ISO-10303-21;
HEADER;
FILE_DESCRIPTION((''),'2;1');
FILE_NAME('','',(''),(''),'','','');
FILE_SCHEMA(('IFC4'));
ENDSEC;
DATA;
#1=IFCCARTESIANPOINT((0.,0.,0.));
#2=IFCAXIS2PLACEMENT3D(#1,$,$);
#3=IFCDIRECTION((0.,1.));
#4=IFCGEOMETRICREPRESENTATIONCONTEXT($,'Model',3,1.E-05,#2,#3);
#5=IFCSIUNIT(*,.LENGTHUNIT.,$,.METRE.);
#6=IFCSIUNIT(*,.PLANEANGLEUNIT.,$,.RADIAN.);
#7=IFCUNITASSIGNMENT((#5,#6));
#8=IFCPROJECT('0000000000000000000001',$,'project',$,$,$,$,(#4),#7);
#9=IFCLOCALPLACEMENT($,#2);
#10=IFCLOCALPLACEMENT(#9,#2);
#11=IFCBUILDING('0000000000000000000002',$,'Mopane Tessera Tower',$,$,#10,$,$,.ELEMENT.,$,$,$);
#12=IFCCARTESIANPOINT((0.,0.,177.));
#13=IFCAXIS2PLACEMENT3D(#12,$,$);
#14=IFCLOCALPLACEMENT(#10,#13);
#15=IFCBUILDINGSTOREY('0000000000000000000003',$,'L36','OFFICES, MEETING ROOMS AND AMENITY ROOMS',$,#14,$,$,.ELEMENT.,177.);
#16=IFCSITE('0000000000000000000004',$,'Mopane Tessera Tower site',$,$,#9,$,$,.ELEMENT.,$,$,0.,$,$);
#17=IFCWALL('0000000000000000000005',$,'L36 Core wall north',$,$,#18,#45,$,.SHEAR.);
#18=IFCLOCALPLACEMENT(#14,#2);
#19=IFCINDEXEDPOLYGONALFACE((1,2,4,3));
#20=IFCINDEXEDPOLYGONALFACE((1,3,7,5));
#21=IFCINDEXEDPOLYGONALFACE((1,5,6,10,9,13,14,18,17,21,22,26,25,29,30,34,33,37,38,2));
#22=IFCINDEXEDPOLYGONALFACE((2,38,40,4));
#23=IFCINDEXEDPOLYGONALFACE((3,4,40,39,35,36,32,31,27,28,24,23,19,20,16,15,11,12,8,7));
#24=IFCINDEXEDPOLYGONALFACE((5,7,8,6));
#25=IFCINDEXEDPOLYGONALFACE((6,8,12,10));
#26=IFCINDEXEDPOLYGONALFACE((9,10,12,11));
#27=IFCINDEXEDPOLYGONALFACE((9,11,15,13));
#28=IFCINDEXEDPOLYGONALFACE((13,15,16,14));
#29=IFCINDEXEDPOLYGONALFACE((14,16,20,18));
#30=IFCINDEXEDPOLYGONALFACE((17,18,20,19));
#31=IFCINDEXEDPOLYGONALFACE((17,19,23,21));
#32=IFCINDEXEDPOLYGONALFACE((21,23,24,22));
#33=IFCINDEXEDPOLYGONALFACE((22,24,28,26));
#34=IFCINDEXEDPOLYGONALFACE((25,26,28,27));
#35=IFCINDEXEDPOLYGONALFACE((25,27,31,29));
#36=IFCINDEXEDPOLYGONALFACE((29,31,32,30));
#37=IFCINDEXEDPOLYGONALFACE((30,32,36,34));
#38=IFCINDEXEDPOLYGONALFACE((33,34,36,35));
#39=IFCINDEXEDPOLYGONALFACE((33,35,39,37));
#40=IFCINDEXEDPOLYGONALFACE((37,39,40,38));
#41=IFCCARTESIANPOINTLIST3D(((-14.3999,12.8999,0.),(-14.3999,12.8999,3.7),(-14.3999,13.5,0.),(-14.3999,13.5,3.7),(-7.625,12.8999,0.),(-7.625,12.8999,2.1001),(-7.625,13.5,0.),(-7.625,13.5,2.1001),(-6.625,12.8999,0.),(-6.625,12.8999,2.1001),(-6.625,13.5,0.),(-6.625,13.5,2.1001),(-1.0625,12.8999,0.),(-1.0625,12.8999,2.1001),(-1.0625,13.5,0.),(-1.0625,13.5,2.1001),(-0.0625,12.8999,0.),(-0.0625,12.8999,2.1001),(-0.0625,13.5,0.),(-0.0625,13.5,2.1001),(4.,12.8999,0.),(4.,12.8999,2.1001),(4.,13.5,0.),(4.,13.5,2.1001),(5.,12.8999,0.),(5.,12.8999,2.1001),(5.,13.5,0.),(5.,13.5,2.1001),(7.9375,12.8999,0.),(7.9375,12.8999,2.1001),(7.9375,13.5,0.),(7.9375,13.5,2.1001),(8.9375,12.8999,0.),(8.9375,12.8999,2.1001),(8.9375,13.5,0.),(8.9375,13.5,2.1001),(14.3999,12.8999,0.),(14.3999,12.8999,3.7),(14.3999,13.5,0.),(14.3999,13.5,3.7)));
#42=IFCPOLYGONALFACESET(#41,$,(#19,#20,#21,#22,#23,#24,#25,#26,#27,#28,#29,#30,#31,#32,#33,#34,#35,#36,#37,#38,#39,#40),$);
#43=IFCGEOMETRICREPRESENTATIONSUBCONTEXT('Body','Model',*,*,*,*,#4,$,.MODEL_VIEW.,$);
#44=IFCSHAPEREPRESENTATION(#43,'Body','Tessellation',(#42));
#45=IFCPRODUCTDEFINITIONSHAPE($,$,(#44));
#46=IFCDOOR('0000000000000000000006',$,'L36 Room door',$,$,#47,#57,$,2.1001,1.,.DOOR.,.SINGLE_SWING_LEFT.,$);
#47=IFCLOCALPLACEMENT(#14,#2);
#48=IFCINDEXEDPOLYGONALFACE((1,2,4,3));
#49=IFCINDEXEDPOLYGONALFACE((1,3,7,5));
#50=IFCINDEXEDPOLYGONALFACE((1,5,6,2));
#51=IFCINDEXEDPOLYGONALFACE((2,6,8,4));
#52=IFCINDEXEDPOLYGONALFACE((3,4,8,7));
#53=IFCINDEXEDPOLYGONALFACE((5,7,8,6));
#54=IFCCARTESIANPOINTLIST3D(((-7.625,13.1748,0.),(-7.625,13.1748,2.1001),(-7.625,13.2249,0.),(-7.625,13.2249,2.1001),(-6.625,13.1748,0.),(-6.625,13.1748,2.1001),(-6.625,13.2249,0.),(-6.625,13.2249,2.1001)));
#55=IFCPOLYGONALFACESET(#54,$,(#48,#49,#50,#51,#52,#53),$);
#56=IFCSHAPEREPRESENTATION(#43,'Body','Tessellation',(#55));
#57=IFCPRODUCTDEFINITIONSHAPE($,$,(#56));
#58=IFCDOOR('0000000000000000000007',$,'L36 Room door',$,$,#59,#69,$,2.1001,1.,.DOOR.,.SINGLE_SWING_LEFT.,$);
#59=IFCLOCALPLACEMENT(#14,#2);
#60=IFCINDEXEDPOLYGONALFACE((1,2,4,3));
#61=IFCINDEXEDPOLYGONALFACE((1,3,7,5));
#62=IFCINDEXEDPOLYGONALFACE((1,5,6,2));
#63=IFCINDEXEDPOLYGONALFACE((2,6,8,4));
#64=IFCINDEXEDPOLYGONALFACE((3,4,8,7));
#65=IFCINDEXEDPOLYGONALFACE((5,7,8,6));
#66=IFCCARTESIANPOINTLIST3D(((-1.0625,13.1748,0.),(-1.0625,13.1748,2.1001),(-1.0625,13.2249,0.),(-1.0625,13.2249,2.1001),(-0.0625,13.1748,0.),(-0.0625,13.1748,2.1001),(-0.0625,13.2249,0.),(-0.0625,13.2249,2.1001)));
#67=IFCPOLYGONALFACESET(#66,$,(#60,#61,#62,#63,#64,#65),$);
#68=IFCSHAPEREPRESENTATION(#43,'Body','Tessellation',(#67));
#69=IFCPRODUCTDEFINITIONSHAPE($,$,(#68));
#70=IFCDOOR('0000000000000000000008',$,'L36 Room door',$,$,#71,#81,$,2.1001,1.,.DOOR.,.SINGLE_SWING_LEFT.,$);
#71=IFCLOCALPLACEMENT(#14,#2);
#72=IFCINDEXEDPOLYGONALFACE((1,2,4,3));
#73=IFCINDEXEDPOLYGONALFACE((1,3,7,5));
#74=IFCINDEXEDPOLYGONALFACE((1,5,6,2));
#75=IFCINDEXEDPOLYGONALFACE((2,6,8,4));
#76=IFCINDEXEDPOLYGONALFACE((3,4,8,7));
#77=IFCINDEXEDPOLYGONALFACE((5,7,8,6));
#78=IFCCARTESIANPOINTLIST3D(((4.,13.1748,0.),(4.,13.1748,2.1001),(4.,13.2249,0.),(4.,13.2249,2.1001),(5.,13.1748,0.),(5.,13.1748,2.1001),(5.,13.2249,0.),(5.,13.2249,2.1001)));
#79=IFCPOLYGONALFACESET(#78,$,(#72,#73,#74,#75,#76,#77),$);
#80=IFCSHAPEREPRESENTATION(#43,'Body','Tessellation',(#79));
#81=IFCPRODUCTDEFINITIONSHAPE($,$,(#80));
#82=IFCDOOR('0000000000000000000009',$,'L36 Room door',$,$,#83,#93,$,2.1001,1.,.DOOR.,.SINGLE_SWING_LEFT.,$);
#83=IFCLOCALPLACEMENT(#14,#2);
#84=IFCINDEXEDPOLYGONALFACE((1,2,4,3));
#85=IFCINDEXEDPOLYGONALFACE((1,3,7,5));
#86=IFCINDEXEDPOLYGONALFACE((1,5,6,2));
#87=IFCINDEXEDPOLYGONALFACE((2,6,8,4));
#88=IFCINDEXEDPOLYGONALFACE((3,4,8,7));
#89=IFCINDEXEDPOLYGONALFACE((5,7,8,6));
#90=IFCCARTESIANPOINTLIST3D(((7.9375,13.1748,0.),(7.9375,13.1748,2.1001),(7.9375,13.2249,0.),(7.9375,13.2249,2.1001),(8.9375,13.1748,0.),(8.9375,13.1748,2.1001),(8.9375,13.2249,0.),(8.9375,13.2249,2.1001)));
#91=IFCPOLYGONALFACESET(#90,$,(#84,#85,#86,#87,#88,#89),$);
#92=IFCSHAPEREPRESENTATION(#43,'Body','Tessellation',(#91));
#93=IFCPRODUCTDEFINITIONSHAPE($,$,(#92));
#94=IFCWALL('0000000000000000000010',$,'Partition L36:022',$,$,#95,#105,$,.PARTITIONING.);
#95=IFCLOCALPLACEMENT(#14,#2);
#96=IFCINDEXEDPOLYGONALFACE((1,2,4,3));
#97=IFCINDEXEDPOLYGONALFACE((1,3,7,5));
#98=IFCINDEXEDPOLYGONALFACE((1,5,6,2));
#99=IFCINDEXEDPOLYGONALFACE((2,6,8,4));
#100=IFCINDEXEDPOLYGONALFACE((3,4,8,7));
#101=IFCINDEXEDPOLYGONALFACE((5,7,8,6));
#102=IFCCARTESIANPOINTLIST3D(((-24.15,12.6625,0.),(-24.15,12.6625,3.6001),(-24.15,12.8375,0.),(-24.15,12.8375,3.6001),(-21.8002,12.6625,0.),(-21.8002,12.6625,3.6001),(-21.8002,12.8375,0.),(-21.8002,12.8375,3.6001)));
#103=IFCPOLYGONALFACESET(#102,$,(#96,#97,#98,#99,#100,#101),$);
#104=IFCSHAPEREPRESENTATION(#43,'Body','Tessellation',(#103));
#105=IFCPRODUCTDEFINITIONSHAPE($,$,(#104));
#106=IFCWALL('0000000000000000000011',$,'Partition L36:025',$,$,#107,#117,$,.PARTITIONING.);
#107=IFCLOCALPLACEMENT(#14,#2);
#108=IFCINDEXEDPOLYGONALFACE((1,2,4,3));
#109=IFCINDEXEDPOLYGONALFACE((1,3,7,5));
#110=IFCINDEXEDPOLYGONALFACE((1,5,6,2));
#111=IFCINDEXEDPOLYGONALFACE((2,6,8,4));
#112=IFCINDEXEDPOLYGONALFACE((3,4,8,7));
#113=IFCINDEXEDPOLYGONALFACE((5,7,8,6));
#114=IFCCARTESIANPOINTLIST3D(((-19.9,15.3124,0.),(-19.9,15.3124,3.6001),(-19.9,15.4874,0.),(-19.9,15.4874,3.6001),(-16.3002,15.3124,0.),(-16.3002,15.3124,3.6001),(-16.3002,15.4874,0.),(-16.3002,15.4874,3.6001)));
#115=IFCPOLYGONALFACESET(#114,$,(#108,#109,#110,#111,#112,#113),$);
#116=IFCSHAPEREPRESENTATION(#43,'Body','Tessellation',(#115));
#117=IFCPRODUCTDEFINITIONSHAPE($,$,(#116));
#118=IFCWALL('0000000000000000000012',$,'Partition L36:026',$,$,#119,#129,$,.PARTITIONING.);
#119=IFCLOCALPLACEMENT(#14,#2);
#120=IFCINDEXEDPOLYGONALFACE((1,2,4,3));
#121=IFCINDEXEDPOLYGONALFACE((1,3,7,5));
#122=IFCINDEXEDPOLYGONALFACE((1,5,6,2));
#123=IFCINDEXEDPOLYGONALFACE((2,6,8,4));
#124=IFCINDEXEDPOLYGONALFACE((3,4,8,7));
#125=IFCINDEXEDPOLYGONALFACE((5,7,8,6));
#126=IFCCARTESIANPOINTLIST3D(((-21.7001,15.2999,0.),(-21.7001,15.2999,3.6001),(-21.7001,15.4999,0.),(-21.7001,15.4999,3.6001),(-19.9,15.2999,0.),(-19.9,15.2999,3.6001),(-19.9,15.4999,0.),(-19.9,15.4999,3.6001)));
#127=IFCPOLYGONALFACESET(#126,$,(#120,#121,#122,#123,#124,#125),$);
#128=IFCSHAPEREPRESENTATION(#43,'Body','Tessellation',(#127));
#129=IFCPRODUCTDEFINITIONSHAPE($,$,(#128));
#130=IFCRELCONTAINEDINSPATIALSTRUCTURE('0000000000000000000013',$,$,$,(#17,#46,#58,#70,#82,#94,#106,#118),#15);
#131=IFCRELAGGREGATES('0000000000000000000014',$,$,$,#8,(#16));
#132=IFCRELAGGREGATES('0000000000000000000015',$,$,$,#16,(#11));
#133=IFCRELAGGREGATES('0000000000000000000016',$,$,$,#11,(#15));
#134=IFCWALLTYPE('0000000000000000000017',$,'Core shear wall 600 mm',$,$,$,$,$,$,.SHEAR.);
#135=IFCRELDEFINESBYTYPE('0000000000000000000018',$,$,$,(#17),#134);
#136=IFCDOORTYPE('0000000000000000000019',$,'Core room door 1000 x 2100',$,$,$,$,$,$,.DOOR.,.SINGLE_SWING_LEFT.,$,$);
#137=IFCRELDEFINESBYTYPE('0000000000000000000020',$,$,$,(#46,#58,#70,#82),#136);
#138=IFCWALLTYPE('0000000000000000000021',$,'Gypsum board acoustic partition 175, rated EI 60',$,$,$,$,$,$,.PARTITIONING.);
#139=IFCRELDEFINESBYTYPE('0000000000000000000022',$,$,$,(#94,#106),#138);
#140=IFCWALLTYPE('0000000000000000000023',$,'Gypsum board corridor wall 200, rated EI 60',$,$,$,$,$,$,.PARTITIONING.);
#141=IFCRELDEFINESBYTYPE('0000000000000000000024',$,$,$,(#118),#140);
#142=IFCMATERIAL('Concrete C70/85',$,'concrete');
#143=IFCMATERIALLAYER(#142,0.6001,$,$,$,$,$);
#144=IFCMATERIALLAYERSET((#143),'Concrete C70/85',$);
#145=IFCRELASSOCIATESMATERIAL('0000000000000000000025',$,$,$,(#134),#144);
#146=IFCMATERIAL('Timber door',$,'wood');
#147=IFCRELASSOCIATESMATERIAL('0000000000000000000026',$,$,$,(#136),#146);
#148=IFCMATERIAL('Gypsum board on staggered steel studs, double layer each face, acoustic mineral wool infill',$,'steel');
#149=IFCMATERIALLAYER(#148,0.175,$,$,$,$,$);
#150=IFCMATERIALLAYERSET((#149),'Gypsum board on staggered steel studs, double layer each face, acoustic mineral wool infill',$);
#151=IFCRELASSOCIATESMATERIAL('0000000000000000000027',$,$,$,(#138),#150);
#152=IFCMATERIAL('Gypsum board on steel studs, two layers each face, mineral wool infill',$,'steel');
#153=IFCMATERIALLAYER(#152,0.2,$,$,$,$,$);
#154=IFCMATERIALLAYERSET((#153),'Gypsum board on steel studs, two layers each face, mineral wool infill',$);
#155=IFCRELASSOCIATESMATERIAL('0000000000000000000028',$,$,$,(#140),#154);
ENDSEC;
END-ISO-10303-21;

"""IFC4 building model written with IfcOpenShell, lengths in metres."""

from ifc_helpers import new_model, si_unit, direction, frame, frame_2d, origin, place, context, subcontext, project, spatial, rectangle, extrude, material, layer, layer_set, type_object, element, fill, save


model = new_model("IFC4")

# Units and contexts
model_context = context("Model", 3, precision=1e-05, world=origin(), true_north=direction((0.0, 1.0)))
body_context = subcontext(model_context, "Body", "Model", "MODEL_VIEW")
ifc_project = project(units=[si_unit("LENGTHUNIT", "METRE"), si_unit("PLANEANGLEUNIT", "RADIAN")], contexts=[model_context])

# Site, building, storey
site_placement = place(None, origin())
site = spatial("IfcSite", under=ifc_project, at=site_placement, Name="Mopane Tessera Tower site", CompositionType="ELEMENT", RefElevation=0.0)
building_placement = place(site_placement, origin())
building = spatial("IfcBuilding", under=site, at=building_placement, Name="Mopane Tessera Tower", CompositionType="ELEMENT")
storey_placement = place(building_placement, frame((0.0, 0.0, 177.0)))
storey = spatial("IfcBuildingStorey", under=building, at=storey_placement, Name="L36", Description="OFFICES, MEETING ROOMS AND AMENITY ROOMS", CompositionType="ELEMENT", Elevation=177.0)

# Wall, openings, doors
ifc_material_1 = material(Name="Concrete C70/85", Category="concrete")
ifc_layer_1 = layer(ifc_material_1, 0.6001)
ifc_layer_set_1 = layer_set([ifc_layer_1], Name="Concrete C70/85")
wall_type_1 = type_object("IfcWallType", Name="Core shear wall 600 mm", PredefinedType="SHEAR", material=ifc_layer_set_1)
wall_1_placement = place(storey_placement, frame((-14.3999, 13.2, 0.0), z_axis=(0.0, 0.0, 1.0), x_axis=(1.0, 0.0, 0.0)))
wall_1 = element("IfcWall", 1, at=wall_1_placement, inside=storey, type_object=wall_type_1, Name="L36 Core wall north", PredefinedType="SHEAR", context=body_context, shape_type="SweptSolid", body=[
    extrude(rectangle(XDim=28.7998, YDim=0.6001, at=frame_2d((14.3999, 0.0))), origin(), (0.0, 0.0, 1.0), 3.7),
])
opening_1_placement = place(wall_1_placement, frame((6.7749, 0.0, 0.0)))
opening_1 = element("IfcOpeningElement", 2, at=opening_1_placement, cuts=wall_1, PredefinedType="OPENING", context=body_context, shape_type="SweptSolid", body=[
    extrude(rectangle(XDim=1.0, YDim=2.1001, at=frame_2d((0.5, 1.05))), frame((0.0, 0.312, 0.0), z_axis=(0.0, -1.0, 0.0), x_axis=(1.0, 0.0, 0.0)), (0.0, 0.0, 1.0), 0.624),
])
opening_2_placement = place(wall_1_placement, frame((13.3374, 0.0, 0.0)))
opening_2 = element("IfcOpeningElement", 3, at=opening_2_placement, cuts=wall_1, PredefinedType="OPENING", context=body_context, shape_type="SweptSolid", body=[
    extrude(rectangle(XDim=1.0, YDim=2.1001, at=frame_2d((0.5, 1.05))), frame((0.0, 0.312, 0.0), z_axis=(0.0, -1.0, 0.0), x_axis=(1.0, 0.0, 0.0)), (0.0, 0.0, 1.0), 0.624),
])
opening_3_placement = place(wall_1_placement, frame((18.3999, 0.0, 0.0)))
opening_3 = element("IfcOpeningElement", 4, at=opening_3_placement, cuts=wall_1, PredefinedType="OPENING", context=body_context, shape_type="SweptSolid", body=[
    extrude(rectangle(XDim=1.0, YDim=2.1001, at=frame_2d((0.5, 1.05))), frame((0.0, 0.312, 0.0), z_axis=(0.0, -1.0, 0.0), x_axis=(1.0, 0.0, 0.0)), (0.0, 0.0, 1.0), 0.624),
])
opening_4_placement = place(wall_1_placement, frame((22.3374, 0.0, 0.0)))
opening_4 = element("IfcOpeningElement", 5, at=opening_4_placement, cuts=wall_1, PredefinedType="OPENING", context=body_context, shape_type="SweptSolid", body=[
    extrude(rectangle(XDim=1.0, YDim=2.1001, at=frame_2d((0.5, 1.05))), frame((0.0, 0.312, 0.0), z_axis=(0.0, -1.0, 0.0), x_axis=(1.0, 0.0, 0.0)), (0.0, 0.0, 1.0), 0.624),
])
ifc_material_2 = material(Name="Timber door", Category="wood")
door_type_1 = type_object("IfcDoorType", Name="Core room door 1000 x 2100", OperationType="SINGLE_SWING_LEFT", PredefinedType="DOOR", material=ifc_material_2)
door_1_placement = place(opening_1_placement, origin())
door_1 = element("IfcDoor", 6, at=door_1_placement, inside=storey, type_object=door_type_1, Name="L36 Room door", OperationType="SINGLE_SWING_LEFT", OverallHeight=2.1001, OverallWidth=1.0, PredefinedType="DOOR", context=body_context, shape_type="SweptSolid", body=[
    extrude(rectangle(XDim=1.0, YDim=2.1001, at=frame_2d((0.5, 1.05))), frame((0.0, 0.0249, 0.0), z_axis=(0.0, -1.0, 0.0), x_axis=(1.0, 0.0, 0.0)), (0.0, 0.0, 1.0), 0.05),
])
fill(opening_1, door_1)
door_2_placement = place(opening_2_placement, origin())
door_2 = element("IfcDoor", 7, at=door_2_placement, inside=storey, type_object=door_type_1, Name="L36 Room door", OperationType="SINGLE_SWING_LEFT", OverallHeight=2.1001, OverallWidth=1.0, PredefinedType="DOOR", context=body_context, shape_type="SweptSolid", body=[
    extrude(rectangle(XDim=1.0, YDim=2.1001, at=frame_2d((0.5, 1.05))), frame((0.0, 0.0249, 0.0), z_axis=(0.0, -1.0, 0.0), x_axis=(1.0, 0.0, 0.0)), (0.0, 0.0, 1.0), 0.05),
])
fill(opening_2, door_2)
door_3_placement = place(opening_3_placement, origin())
door_3 = element("IfcDoor", 8, at=door_3_placement, inside=storey, type_object=door_type_1, Name="L36 Room door", OperationType="SINGLE_SWING_LEFT", OverallHeight=2.1001, OverallWidth=1.0, PredefinedType="DOOR", context=body_context, shape_type="SweptSolid", body=[
    extrude(rectangle(XDim=1.0, YDim=2.1001, at=frame_2d((0.5, 1.05))), frame((0.0, 0.0249, 0.0), z_axis=(0.0, -1.0, 0.0), x_axis=(1.0, 0.0, 0.0)), (0.0, 0.0, 1.0), 0.05),
])
fill(opening_3, door_3)
door_4_placement = place(opening_4_placement, origin())
door_4 = element("IfcDoor", 9, at=door_4_placement, inside=storey, type_object=door_type_1, Name="L36 Room door", OperationType="SINGLE_SWING_LEFT", OverallHeight=2.1001, OverallWidth=1.0, PredefinedType="DOOR", context=body_context, shape_type="SweptSolid", body=[
    extrude(rectangle(XDim=1.0, YDim=2.1001, at=frame_2d((0.5, 1.05))), frame((0.0, 0.0249, 0.0), z_axis=(0.0, -1.0, 0.0), x_axis=(1.0, 0.0, 0.0)), (0.0, 0.0, 1.0), 0.05),
])
fill(opening_4, door_4)

# Walls
ifc_material_3 = material(Name="Gypsum board on staggered steel studs, double layer each face, acoustic mineral wool infill", Category="steel")
ifc_layer_2 = layer(ifc_material_3, 0.175)
ifc_layer_set_2 = layer_set([ifc_layer_2], Name="Gypsum board on staggered steel studs, double layer each face, acoustic mineral wool infill")
wall_type_2 = type_object("IfcWallType", Name="Gypsum board acoustic partition 175, rated EI 60", PredefinedType="PARTITIONING", material=ifc_layer_set_2)
wall_2_placement = place(storey_placement, frame((-24.1499, 12.75, 0.0), z_axis=(0.0, 0.0, 1.0), x_axis=(1.0, 0.0, 0.0)))
element("IfcWall", 10, at=wall_2_placement, inside=storey, type_object=wall_type_2, Name="Partition L36:022", PredefinedType="PARTITIONING", context=body_context, shape_type="SweptSolid", body=[
    extrude(rectangle(XDim=2.3499, YDim=0.175, at=frame_2d((1.1748, 0.0))), origin(), (0.0, 0.0, 1.0), 3.6001),
])
wall_3_placement = place(storey_placement, frame((-19.8999, 15.3999, 0.0), z_axis=(0.0, 0.0, 1.0), x_axis=(1.0, 0.0, 0.0)))
element("IfcWall", 11, at=wall_3_placement, inside=storey, type_object=wall_type_2, Name="Partition L36:025", PredefinedType="PARTITIONING", context=body_context, shape_type="SweptSolid", body=[
    extrude(rectangle(XDim=3.5999, YDim=0.175, at=frame_2d((1.7998, 0.0))), origin(), (0.0, 0.0, 1.0), 3.6001),
])
ifc_material_4 = material(Name="Gypsum board on steel studs, two layers each face, mineral wool infill", Category="steel")
ifc_layer_3 = layer(ifc_material_4, 0.2)
ifc_layer_set_3 = layer_set([ifc_layer_3], Name="Gypsum board on steel studs, two layers each face, mineral wool infill")
wall_type_3 = type_object("IfcWallType", Name="Gypsum board corridor wall 200, rated EI 60", PredefinedType="PARTITIONING", material=ifc_layer_set_3)
wall_4_placement = place(storey_placement, frame((-21.7, 15.3999, 0.0), z_axis=(0.0, 0.0, 1.0), x_axis=(1.0, 0.0, 0.0)))
element("IfcWall", 12, at=wall_4_placement, inside=storey, type_object=wall_type_3, Name="Partition L36:026", PredefinedType="PARTITIONING", context=body_context, shape_type="SweptSolid", body=[
    extrude(rectangle(XDim=1.8, YDim=0.2, at=frame_2d((0.8999, 0.0))), origin(), (0.0, 0.0, 1.0), 3.6001),
])

save(model, "model.ifc")
